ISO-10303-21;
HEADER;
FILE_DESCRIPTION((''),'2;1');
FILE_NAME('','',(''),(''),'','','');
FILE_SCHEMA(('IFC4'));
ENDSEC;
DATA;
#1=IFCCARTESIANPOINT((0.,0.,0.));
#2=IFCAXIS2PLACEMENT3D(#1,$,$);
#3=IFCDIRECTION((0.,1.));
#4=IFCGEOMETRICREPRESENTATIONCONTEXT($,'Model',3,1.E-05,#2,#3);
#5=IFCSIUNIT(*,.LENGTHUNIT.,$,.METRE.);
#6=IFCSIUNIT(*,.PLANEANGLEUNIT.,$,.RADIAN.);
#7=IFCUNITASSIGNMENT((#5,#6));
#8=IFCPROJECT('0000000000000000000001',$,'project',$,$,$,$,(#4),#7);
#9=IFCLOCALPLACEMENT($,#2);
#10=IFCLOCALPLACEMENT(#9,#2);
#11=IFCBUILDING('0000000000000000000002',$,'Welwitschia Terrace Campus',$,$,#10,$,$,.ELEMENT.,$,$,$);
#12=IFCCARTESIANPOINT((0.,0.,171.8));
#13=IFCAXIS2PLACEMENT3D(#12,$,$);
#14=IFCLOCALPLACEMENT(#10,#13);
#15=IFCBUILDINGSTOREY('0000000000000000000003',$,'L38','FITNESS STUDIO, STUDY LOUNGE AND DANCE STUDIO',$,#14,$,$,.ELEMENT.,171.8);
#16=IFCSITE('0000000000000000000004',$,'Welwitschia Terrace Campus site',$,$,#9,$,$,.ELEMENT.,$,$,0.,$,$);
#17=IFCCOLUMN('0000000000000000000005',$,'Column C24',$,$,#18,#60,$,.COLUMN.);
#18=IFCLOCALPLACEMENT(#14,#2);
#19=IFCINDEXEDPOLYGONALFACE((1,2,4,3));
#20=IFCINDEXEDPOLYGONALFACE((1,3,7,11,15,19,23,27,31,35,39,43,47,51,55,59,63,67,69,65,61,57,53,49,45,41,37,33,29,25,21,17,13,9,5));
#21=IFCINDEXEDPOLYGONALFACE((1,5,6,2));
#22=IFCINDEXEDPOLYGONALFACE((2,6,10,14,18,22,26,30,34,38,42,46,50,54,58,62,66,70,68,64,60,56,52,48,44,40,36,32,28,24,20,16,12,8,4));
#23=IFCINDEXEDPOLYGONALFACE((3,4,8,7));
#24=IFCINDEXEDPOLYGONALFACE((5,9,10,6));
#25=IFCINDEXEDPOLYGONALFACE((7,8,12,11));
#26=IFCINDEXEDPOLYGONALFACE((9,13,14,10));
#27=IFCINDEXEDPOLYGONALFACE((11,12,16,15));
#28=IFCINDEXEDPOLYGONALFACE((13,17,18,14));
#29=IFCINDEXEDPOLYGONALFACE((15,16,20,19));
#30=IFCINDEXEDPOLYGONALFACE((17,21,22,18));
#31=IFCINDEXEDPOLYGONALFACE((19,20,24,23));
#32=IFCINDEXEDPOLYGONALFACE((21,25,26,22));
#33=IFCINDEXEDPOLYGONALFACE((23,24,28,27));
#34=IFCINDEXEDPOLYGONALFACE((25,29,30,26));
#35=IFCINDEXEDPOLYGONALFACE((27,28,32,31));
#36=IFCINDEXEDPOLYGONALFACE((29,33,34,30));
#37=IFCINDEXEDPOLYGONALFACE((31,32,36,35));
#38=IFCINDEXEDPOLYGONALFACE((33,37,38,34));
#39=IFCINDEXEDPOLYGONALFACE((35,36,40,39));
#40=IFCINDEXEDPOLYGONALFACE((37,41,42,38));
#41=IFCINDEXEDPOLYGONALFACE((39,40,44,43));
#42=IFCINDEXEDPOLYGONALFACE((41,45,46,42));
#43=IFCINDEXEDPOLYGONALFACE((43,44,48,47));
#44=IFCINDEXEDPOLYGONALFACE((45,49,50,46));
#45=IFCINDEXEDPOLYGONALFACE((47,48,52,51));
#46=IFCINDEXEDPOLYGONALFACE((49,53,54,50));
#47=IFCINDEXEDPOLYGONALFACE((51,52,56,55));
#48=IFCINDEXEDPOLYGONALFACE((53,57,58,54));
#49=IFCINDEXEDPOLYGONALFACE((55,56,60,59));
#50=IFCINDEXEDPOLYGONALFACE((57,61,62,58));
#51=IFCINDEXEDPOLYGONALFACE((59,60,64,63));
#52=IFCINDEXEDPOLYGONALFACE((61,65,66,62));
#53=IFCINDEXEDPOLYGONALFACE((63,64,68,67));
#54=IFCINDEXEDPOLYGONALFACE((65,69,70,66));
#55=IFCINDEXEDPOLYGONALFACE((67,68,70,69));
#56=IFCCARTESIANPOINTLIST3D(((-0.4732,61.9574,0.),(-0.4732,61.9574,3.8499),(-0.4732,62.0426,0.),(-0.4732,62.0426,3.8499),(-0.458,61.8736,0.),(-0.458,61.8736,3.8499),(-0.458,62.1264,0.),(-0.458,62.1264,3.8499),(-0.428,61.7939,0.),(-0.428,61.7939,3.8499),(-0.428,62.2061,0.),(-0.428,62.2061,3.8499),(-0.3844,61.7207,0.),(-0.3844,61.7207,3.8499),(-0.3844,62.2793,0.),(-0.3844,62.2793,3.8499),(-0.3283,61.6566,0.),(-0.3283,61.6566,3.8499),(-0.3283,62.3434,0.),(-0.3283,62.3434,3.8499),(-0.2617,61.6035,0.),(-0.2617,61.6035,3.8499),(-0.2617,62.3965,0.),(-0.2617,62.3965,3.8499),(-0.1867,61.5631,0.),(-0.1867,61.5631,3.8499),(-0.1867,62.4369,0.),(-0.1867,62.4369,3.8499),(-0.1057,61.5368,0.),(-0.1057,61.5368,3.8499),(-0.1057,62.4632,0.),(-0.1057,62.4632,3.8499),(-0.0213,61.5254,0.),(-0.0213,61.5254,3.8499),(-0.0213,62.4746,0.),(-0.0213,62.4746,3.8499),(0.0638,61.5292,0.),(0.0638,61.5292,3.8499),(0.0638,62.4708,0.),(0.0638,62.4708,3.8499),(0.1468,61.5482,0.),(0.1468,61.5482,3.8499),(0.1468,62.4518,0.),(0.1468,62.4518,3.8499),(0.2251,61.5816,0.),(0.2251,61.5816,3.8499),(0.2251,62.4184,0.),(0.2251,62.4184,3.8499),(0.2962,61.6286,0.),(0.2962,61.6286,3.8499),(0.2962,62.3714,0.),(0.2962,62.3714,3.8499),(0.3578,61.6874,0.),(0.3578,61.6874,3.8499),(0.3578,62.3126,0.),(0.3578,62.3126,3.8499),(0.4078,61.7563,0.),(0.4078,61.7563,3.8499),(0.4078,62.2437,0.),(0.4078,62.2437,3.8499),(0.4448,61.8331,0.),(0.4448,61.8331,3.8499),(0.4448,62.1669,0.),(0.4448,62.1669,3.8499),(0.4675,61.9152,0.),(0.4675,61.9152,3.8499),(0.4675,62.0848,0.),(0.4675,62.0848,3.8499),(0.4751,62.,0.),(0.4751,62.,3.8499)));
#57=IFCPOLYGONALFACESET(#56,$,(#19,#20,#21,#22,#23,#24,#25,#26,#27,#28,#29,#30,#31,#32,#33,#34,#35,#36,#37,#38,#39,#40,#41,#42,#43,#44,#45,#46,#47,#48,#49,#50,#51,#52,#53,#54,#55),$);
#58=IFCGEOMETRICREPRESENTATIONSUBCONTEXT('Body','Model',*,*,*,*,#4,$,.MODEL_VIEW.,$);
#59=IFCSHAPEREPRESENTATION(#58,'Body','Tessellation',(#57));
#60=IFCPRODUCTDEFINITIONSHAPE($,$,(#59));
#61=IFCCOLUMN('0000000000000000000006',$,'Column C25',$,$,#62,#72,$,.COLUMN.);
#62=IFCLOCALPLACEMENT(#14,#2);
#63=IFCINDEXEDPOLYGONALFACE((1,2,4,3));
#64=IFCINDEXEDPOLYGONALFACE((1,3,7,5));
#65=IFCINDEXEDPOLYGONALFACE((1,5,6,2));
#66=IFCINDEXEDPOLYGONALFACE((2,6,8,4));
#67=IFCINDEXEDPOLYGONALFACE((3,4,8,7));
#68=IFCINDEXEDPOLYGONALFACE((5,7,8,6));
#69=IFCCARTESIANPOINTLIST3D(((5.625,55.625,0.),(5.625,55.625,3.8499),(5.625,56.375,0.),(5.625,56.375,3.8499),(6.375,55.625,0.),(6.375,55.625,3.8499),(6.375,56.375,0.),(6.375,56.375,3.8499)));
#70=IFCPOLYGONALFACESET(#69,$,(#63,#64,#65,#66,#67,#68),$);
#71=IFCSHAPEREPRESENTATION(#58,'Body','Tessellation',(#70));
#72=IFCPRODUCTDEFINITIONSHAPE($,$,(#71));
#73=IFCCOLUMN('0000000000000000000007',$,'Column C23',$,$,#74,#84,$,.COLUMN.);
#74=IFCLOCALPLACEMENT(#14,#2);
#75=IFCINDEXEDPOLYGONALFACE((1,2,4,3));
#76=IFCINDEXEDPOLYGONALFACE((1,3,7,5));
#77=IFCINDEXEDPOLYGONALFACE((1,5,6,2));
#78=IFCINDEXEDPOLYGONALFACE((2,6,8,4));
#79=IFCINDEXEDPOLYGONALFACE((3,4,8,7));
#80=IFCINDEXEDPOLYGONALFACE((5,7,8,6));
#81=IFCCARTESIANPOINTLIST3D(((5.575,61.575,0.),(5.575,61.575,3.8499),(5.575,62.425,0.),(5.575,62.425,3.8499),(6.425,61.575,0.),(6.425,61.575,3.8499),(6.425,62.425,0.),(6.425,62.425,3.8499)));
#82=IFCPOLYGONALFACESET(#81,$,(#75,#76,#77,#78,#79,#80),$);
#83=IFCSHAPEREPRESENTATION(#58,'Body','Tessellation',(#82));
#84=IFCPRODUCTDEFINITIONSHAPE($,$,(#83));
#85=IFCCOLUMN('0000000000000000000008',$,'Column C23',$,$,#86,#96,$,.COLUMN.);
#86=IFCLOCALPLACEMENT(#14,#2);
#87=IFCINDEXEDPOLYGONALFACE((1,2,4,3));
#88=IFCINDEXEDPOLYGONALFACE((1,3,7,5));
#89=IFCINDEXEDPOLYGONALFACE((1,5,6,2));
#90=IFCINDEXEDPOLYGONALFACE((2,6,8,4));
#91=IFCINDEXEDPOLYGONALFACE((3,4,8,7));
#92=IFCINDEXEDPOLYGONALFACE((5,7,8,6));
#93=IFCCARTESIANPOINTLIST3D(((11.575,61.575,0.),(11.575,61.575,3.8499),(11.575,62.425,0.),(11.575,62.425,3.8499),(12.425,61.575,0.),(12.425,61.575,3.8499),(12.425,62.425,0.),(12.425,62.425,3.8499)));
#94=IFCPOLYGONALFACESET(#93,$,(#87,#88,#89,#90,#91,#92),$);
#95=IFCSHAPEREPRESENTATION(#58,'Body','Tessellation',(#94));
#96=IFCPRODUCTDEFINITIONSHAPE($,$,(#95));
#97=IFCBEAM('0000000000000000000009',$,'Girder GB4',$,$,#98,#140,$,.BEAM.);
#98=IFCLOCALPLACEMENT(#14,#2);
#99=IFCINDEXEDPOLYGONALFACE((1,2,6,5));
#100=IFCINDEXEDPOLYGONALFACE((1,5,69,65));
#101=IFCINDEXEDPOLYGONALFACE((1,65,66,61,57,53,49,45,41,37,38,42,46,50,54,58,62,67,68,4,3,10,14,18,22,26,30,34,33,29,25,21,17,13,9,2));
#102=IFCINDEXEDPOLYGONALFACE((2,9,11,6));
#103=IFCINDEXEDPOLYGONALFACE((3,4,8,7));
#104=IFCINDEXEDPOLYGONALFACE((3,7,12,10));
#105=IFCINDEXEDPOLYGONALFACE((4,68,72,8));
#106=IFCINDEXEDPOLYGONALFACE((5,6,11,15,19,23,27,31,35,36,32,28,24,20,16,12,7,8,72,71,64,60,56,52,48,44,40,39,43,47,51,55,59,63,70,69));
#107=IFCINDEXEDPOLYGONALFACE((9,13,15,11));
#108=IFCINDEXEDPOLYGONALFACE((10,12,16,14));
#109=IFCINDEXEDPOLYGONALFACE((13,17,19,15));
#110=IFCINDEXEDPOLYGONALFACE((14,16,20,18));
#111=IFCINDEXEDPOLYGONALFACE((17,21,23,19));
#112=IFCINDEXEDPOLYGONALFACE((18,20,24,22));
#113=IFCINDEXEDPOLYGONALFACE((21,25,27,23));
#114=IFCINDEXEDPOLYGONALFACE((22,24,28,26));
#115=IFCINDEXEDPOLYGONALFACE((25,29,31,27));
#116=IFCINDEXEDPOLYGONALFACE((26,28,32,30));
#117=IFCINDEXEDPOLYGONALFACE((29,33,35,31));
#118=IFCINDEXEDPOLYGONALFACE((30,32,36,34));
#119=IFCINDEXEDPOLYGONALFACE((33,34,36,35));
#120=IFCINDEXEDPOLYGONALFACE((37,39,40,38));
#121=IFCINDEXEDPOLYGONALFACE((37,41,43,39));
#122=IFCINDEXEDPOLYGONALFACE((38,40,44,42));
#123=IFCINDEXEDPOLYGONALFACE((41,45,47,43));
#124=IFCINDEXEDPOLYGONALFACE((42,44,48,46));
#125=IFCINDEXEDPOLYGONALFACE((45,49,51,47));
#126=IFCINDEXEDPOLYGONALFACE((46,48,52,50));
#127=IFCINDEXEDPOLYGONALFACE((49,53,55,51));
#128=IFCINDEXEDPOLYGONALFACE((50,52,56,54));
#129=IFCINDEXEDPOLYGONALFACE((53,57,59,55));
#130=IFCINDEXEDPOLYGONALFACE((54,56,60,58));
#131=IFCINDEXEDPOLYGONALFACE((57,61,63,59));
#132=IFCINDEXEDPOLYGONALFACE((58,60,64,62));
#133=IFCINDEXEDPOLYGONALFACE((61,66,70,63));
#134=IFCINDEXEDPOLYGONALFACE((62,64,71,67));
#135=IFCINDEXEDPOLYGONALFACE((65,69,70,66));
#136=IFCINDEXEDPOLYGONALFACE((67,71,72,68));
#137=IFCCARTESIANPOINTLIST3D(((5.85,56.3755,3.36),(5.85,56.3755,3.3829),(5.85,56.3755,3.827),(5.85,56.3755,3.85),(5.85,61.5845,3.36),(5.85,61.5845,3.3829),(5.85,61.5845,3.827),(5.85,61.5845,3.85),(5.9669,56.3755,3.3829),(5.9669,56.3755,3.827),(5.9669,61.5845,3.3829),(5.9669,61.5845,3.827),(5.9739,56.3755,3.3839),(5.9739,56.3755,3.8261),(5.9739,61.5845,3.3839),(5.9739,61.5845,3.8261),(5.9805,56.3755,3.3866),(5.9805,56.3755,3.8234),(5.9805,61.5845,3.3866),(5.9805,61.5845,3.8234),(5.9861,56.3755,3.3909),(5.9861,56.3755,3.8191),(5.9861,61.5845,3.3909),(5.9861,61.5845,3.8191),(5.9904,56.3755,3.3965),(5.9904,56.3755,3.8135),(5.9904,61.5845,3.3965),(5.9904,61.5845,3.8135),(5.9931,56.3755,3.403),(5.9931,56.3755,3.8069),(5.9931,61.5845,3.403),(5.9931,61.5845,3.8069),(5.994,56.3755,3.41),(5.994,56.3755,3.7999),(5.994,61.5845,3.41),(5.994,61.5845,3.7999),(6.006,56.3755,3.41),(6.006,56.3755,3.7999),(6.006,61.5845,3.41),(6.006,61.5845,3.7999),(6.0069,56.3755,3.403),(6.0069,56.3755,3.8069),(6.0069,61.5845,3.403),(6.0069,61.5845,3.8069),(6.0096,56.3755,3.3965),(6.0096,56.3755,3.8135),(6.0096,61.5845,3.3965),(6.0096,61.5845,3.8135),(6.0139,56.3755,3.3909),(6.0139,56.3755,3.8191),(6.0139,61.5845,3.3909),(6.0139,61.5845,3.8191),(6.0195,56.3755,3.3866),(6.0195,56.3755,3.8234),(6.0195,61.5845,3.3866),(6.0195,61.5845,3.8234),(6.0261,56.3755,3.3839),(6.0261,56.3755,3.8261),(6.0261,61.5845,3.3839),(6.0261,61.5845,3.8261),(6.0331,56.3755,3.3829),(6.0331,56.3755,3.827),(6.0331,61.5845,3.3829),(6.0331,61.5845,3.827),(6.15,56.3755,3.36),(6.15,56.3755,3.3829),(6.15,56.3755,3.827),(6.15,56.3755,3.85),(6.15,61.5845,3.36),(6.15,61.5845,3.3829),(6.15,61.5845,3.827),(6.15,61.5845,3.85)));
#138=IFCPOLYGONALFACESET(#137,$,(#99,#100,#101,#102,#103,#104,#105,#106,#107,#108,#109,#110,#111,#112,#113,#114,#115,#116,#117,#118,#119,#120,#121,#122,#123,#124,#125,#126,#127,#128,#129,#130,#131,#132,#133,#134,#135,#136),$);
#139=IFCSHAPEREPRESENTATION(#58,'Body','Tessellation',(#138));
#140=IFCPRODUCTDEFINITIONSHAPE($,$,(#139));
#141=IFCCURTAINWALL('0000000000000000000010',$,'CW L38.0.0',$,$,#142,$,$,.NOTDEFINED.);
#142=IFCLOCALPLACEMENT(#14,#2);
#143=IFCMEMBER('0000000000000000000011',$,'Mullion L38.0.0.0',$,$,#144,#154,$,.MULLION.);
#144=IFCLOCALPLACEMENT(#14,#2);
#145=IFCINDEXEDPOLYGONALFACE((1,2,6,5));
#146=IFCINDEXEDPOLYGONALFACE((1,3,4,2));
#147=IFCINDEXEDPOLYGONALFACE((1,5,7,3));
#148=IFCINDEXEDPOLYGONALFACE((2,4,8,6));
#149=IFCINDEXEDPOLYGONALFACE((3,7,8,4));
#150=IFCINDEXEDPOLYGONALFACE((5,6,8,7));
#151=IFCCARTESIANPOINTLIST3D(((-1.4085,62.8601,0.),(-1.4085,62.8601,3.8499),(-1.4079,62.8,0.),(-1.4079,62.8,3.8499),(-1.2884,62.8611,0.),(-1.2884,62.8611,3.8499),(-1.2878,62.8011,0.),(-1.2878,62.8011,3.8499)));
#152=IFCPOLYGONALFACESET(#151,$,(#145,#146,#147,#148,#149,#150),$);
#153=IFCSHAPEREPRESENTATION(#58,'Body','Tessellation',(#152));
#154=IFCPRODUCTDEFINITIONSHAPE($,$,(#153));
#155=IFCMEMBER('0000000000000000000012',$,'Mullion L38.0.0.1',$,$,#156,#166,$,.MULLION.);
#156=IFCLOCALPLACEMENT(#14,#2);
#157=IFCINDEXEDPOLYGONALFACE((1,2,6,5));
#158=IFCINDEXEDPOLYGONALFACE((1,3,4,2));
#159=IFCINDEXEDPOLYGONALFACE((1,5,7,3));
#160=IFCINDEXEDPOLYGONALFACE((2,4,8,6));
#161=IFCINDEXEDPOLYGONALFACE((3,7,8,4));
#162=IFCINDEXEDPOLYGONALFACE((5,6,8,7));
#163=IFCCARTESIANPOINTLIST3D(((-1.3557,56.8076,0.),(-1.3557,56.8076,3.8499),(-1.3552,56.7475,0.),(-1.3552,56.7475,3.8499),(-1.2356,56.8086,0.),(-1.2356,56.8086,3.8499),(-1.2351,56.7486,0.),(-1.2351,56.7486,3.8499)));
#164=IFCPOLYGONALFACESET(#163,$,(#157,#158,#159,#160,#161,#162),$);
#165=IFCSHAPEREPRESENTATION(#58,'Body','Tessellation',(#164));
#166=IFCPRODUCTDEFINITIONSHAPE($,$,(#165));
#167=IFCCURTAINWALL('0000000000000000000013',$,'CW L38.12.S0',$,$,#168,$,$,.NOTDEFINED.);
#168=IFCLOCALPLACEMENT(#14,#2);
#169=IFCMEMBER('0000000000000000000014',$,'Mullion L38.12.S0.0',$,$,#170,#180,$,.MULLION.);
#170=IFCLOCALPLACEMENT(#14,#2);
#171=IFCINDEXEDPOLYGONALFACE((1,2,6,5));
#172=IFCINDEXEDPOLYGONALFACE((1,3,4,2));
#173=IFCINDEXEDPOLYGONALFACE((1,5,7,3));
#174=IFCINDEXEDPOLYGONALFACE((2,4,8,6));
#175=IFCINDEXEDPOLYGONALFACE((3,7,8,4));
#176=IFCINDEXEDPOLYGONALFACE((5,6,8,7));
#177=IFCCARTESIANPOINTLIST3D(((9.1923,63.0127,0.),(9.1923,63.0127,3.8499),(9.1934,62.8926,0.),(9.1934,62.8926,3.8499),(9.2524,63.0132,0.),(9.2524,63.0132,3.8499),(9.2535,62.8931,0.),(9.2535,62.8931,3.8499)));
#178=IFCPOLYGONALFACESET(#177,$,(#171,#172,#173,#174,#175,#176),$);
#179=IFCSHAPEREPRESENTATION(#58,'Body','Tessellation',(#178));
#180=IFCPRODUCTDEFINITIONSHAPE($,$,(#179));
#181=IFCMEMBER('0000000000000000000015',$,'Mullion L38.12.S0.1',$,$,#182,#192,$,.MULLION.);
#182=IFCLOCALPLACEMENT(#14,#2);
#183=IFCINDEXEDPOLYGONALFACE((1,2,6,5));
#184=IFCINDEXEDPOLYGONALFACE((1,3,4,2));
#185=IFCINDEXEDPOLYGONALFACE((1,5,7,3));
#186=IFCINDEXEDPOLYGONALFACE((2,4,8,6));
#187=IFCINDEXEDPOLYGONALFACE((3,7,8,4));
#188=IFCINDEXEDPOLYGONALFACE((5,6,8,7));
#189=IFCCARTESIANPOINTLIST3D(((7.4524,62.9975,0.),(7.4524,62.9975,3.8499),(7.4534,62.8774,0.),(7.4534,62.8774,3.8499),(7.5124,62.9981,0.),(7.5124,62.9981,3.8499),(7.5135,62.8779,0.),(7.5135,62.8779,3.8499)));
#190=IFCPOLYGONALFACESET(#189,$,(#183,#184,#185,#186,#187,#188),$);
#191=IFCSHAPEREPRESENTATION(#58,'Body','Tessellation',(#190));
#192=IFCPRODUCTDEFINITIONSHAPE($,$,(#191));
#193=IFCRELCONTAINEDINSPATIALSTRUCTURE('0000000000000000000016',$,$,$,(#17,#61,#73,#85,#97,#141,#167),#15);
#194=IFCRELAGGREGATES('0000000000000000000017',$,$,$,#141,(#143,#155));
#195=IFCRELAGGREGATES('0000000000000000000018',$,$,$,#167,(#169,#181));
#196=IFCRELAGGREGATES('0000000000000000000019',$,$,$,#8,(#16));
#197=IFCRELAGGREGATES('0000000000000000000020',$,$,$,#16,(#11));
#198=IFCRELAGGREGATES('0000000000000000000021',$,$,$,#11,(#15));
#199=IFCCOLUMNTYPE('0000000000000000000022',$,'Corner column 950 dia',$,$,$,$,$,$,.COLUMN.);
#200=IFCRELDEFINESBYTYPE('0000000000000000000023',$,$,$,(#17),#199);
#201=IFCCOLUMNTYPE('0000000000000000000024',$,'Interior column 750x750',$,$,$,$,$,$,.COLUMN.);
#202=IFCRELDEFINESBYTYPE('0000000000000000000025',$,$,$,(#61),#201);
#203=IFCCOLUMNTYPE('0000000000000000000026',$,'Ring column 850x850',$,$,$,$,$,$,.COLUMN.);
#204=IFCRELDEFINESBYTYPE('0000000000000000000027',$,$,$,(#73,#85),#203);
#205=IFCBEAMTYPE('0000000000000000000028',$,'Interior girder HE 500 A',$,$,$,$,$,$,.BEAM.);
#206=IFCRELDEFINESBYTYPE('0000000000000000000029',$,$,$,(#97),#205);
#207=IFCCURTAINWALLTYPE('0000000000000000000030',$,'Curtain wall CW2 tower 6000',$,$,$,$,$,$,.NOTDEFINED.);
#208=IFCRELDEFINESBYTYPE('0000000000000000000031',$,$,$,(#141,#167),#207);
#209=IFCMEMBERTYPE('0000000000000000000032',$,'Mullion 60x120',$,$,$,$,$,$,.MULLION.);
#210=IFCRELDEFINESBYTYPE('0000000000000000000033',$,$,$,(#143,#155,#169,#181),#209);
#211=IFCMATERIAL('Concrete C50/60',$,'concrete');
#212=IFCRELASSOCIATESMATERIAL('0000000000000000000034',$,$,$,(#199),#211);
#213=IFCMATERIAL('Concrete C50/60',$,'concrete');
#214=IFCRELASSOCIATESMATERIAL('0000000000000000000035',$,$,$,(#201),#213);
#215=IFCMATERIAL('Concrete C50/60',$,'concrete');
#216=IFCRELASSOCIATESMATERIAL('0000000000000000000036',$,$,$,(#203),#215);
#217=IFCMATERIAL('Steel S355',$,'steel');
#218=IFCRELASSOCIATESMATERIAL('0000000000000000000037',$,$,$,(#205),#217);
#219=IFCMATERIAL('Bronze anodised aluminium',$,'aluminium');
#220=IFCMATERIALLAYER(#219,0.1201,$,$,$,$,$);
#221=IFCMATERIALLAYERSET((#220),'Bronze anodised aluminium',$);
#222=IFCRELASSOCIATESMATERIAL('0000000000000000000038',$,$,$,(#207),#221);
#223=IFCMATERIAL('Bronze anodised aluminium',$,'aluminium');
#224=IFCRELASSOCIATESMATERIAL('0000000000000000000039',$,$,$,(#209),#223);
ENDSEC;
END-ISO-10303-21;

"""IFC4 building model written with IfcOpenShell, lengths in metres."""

from ifc_helpers import new_model, si_unit, direction, frame, origin, origin_2d, place, context, subcontext, project, spatial, rectangle, circle, i_section, extrude, material, layer, layer_set, material_profile, profile_set, type_object, element, aggregate, save


model = new_model("IFC4")

# Units and contexts
model_context = context("Model", 3, precision=1e-05, world=origin(), true_north=direction((0.0, 1.0)))
body_context = subcontext(model_context, "Body", "Model", "MODEL_VIEW")
ifc_project = project(units=[si_unit("LENGTHUNIT", "METRE"), si_unit("PLANEANGLEUNIT", "RADIAN")], contexts=[model_context])

# Site, building, storey
site_placement = place(None, origin())
site = spatial("IfcSite", under=ifc_project, at=site_placement, Name="Welwitschia Terrace Campus site", CompositionType="ELEMENT", RefElevation=0.0)
building_placement = place(site_placement, origin())
building = spatial("IfcBuilding", under=site, at=building_placement, Name="Welwitschia Terrace Campus", CompositionType="ELEMENT")
storey_placement = place(building_placement, frame((0.0, 0.0, 171.8)))
storey = spatial("IfcBuildingStorey", under=building, at=storey_placement, Name="L38", Description="FITNESS STUDIO, STUDY LOUNGE AND DANCE STUDIO", CompositionType="ELEMENT", Elevation=171.8)

# Columns
ifc_material_1 = material(Name="Concrete C50/60", Category="concrete")
ifc_material_profile_1 = material_profile(ifc_material_1, circle(Radius=0.4751, at=origin_2d()))
ifc_profile_set_1 = profile_set([ifc_material_profile_1], Name="Concrete C50/60")
column_type_1 = type_object("IfcColumnType", Name="Corner column 950 dia", PredefinedType="COLUMN", material=ifc_profile_set_1)
column_1_placement = place(storey_placement, frame((0.0, 62.0, 0.0), z_axis=(0.0, 0.0, 1.0), x_axis=(1.0, 0.0, 0.0)))
element("IfcColumn", 1, at=column_1_placement, inside=storey, type_object=column_type_1, Name="Column C24", PredefinedType="COLUMN", context=body_context, shape_type="SweptSolid", body=[
    extrude(circle(Radius=0.4751, at=origin_2d()), origin(), (0.0, 0.0, 1.0), 3.8499),
])
ifc_material_2 = material(Name="Concrete C50/60", Category="concrete")
ifc_material_profile_2 = material_profile(ifc_material_2, rectangle(XDim=0.75, YDim=0.75, at=origin_2d()))
ifc_profile_set_2 = profile_set([ifc_material_profile_2], Name="Concrete C50/60")
column_type_2 = type_object("IfcColumnType", Name="Interior column 750x750", PredefinedType="COLUMN", material=ifc_profile_set_2)
column_2_placement = place(storey_placement, frame((6.0, 56.0, 0.0), z_axis=(0.0, 0.0, 1.0), x_axis=(1.0, 0.0, 0.0)))
element("IfcColumn", 2, at=column_2_placement, inside=storey, type_object=column_type_2, Name="Column C25", PredefinedType="COLUMN", context=body_context, shape_type="SweptSolid", body=[
    extrude(rectangle(XDim=0.75, YDim=0.75, at=origin_2d()), origin(), (0.0, 0.0, 1.0), 3.8499),
])
ifc_material_3 = material(Name="Concrete C50/60", Category="concrete")
ifc_material_profile_3 = material_profile(ifc_material_3, rectangle(XDim=0.8501, YDim=0.8501, at=origin_2d()))
ifc_profile_set_3 = profile_set([ifc_material_profile_3], Name="Concrete C50/60")
column_type_3 = type_object("IfcColumnType", Name="Ring column 850x850", PredefinedType="COLUMN", material=ifc_profile_set_3)
for number, where, z_axis, x_axis, name in (
    (3, (6.0, 62.0, 0.0), (0.0, 0.0, 1.0), (1.0, 0.0, 0.0), "Column C23"),
    (4, (12.0, 62.0, 0.0), (0.0, 0.0, 1.0), (1.0, 0.0, 0.0), "Column C23"),
):
    element("IfcColumn", number, at=place(storey_placement, frame(where, z_axis=z_axis, x_axis=x_axis)), inside=storey, type_object=column_type_3, Name=name, PredefinedType="COLUMN", context=body_context, shape_type="SweptSolid", body=[
        extrude(rectangle(XDim=0.8501, YDim=0.8501, at=origin_2d()), origin(), (0.0, 0.0, 1.0), 3.8499),
    ])

# Beam
ifc_material_4 = material(Name="Steel S355", Category="steel")
ifc_material_profile_4 = material_profile(ifc_material_4, i_section(OverallWidth=0.3, OverallDepth=0.49, WebThickness=0.012, FlangeThickness=0.0229, FilletRadius=0.0271, at=origin_2d()))
ifc_profile_set_4 = profile_set([ifc_material_profile_4], Name="Steel S355")
beam_type_1 = type_object("IfcBeamType", Name="Interior girder HE 500 A", PredefinedType="BEAM", material=ifc_profile_set_4)
beam_1_placement = place(storey_placement, frame((6.0, 56.3755, 3.605), z_axis=(0.0, 1.0, 0.0), x_axis=(-1.0, 0.0, 0.0)))
element("IfcBeam", 5, at=beam_1_placement, inside=storey, type_object=beam_type_1, Name="Girder GB4", PredefinedType="BEAM", context=body_context, shape_type="SweptSolid", body=[
    extrude(i_section(OverallWidth=0.3, OverallDepth=0.49, WebThickness=0.012, FlangeThickness=0.0229, FilletRadius=0.0271, at=origin_2d()), origin(), (0.0, 0.0, 1.0), 5.209),
])

# Curtain walls, members
ifc_material_5 = material(Name="Bronze anodised aluminium", Category="aluminium")
ifc_layer_1 = layer(ifc_material_5, 0.1201)
ifc_layer_set_1 = layer_set([ifc_layer_1], Name="Bronze anodised aluminium")
curtain_wall_type = type_object("IfcCurtainWallType", Name="Curtain wall CW2 tower 6000", PredefinedType="NOTDEFINED", material=ifc_layer_set_1)
curtain_wall_1_placement = place(storey_placement, origin())
curtain_wall_1 = element("IfcCurtainWall", 6, at=curtain_wall_1_placement, inside=storey, type_object=curtain_wall_type, Name="CW L38.0.0", PredefinedType="NOTDEFINED")
ifc_material_6 = material(Name="Bronze anodised aluminium", Category="aluminium")
ifc_material_profile_5 = material_profile(ifc_material_6, rectangle(XDim=0.1201, YDim=0.0601, at=origin_2d()))
ifc_profile_set_5 = profile_set([ifc_material_profile_5], Name="Bronze anodised aluminium")
member_type_1 = type_object("IfcMemberType", Name="Mullion 60x120", PredefinedType="MULLION", material=ifc_profile_set_5)
member_1_placement = place(storey_placement, frame((-1.3481, 62.8306, 0.0), z_axis=(0.0, 0.0, 1.0), x_axis=(0.999962, 0.008727, 0.0)))
member_1 = element("IfcMember", 7, at=member_1_placement, type_object=member_type_1, Name="Mullion L38.0.0.0", PredefinedType="MULLION", context=body_context, shape_type="SweptSolid", body=[
    extrude(rectangle(XDim=0.1201, YDim=0.0601, at=origin_2d()), origin(), (0.0, 0.0, 1.0), 3.8499),
])
member_2_placement = place(storey_placement, frame((-1.2954, 56.7781, 0.0), z_axis=(0.0, 0.0, 1.0), x_axis=(0.999962, 0.008727, 0.0)))
member_2 = element("IfcMember", 8, at=member_2_placement, type_object=member_type_1, Name="Mullion L38.0.0.1", PredefinedType="MULLION", context=body_context, shape_type="SweptSolid", body=[
    extrude(rectangle(XDim=0.1201, YDim=0.0601, at=origin_2d()), origin(), (0.0, 0.0, 1.0), 3.8499),
])
curtain_wall_2_placement = place(storey_placement, origin())
curtain_wall_2 = element("IfcCurtainWall", 9, at=curtain_wall_2_placement, inside=storey, type_object=curtain_wall_type, Name="CW L38.12.S0", PredefinedType="NOTDEFINED")
member_3_placement = place(storey_placement, frame((9.2229, 62.9529, 0.0), z_axis=(0.0, 0.0, 1.0), x_axis=(0.008727, -0.999962, 0.0)))
member_3 = element("IfcMember", 10, at=member_3_placement, type_object=member_type_1, Name="Mullion L38.12.S0.0", PredefinedType="MULLION", context=body_context, shape_type="SweptSolid", body=[
    extrude(rectangle(XDim=0.1201, YDim=0.0601, at=origin_2d()), origin(), (0.0, 0.0, 1.0), 3.8499),
])
member_4_placement = place(storey_placement, frame((7.4829, 62.9377, 0.0), z_axis=(0.0, 0.0, 1.0), x_axis=(0.008727, -0.999962, 0.0)))
member_4 = element("IfcMember", 11, at=member_4_placement, type_object=member_type_1, Name="Mullion L38.12.S0.1", PredefinedType="MULLION", context=body_context, shape_type="SweptSolid", body=[
    extrude(rectangle(XDim=0.1201, YDim=0.0601, at=origin_2d()), origin(), (0.0, 0.0, 1.0), 3.8499),
])

aggregate(curtain_wall_1, [member_1, member_2])
aggregate(curtain_wall_2, [member_3, member_4])

save(model, "model.ifc")
